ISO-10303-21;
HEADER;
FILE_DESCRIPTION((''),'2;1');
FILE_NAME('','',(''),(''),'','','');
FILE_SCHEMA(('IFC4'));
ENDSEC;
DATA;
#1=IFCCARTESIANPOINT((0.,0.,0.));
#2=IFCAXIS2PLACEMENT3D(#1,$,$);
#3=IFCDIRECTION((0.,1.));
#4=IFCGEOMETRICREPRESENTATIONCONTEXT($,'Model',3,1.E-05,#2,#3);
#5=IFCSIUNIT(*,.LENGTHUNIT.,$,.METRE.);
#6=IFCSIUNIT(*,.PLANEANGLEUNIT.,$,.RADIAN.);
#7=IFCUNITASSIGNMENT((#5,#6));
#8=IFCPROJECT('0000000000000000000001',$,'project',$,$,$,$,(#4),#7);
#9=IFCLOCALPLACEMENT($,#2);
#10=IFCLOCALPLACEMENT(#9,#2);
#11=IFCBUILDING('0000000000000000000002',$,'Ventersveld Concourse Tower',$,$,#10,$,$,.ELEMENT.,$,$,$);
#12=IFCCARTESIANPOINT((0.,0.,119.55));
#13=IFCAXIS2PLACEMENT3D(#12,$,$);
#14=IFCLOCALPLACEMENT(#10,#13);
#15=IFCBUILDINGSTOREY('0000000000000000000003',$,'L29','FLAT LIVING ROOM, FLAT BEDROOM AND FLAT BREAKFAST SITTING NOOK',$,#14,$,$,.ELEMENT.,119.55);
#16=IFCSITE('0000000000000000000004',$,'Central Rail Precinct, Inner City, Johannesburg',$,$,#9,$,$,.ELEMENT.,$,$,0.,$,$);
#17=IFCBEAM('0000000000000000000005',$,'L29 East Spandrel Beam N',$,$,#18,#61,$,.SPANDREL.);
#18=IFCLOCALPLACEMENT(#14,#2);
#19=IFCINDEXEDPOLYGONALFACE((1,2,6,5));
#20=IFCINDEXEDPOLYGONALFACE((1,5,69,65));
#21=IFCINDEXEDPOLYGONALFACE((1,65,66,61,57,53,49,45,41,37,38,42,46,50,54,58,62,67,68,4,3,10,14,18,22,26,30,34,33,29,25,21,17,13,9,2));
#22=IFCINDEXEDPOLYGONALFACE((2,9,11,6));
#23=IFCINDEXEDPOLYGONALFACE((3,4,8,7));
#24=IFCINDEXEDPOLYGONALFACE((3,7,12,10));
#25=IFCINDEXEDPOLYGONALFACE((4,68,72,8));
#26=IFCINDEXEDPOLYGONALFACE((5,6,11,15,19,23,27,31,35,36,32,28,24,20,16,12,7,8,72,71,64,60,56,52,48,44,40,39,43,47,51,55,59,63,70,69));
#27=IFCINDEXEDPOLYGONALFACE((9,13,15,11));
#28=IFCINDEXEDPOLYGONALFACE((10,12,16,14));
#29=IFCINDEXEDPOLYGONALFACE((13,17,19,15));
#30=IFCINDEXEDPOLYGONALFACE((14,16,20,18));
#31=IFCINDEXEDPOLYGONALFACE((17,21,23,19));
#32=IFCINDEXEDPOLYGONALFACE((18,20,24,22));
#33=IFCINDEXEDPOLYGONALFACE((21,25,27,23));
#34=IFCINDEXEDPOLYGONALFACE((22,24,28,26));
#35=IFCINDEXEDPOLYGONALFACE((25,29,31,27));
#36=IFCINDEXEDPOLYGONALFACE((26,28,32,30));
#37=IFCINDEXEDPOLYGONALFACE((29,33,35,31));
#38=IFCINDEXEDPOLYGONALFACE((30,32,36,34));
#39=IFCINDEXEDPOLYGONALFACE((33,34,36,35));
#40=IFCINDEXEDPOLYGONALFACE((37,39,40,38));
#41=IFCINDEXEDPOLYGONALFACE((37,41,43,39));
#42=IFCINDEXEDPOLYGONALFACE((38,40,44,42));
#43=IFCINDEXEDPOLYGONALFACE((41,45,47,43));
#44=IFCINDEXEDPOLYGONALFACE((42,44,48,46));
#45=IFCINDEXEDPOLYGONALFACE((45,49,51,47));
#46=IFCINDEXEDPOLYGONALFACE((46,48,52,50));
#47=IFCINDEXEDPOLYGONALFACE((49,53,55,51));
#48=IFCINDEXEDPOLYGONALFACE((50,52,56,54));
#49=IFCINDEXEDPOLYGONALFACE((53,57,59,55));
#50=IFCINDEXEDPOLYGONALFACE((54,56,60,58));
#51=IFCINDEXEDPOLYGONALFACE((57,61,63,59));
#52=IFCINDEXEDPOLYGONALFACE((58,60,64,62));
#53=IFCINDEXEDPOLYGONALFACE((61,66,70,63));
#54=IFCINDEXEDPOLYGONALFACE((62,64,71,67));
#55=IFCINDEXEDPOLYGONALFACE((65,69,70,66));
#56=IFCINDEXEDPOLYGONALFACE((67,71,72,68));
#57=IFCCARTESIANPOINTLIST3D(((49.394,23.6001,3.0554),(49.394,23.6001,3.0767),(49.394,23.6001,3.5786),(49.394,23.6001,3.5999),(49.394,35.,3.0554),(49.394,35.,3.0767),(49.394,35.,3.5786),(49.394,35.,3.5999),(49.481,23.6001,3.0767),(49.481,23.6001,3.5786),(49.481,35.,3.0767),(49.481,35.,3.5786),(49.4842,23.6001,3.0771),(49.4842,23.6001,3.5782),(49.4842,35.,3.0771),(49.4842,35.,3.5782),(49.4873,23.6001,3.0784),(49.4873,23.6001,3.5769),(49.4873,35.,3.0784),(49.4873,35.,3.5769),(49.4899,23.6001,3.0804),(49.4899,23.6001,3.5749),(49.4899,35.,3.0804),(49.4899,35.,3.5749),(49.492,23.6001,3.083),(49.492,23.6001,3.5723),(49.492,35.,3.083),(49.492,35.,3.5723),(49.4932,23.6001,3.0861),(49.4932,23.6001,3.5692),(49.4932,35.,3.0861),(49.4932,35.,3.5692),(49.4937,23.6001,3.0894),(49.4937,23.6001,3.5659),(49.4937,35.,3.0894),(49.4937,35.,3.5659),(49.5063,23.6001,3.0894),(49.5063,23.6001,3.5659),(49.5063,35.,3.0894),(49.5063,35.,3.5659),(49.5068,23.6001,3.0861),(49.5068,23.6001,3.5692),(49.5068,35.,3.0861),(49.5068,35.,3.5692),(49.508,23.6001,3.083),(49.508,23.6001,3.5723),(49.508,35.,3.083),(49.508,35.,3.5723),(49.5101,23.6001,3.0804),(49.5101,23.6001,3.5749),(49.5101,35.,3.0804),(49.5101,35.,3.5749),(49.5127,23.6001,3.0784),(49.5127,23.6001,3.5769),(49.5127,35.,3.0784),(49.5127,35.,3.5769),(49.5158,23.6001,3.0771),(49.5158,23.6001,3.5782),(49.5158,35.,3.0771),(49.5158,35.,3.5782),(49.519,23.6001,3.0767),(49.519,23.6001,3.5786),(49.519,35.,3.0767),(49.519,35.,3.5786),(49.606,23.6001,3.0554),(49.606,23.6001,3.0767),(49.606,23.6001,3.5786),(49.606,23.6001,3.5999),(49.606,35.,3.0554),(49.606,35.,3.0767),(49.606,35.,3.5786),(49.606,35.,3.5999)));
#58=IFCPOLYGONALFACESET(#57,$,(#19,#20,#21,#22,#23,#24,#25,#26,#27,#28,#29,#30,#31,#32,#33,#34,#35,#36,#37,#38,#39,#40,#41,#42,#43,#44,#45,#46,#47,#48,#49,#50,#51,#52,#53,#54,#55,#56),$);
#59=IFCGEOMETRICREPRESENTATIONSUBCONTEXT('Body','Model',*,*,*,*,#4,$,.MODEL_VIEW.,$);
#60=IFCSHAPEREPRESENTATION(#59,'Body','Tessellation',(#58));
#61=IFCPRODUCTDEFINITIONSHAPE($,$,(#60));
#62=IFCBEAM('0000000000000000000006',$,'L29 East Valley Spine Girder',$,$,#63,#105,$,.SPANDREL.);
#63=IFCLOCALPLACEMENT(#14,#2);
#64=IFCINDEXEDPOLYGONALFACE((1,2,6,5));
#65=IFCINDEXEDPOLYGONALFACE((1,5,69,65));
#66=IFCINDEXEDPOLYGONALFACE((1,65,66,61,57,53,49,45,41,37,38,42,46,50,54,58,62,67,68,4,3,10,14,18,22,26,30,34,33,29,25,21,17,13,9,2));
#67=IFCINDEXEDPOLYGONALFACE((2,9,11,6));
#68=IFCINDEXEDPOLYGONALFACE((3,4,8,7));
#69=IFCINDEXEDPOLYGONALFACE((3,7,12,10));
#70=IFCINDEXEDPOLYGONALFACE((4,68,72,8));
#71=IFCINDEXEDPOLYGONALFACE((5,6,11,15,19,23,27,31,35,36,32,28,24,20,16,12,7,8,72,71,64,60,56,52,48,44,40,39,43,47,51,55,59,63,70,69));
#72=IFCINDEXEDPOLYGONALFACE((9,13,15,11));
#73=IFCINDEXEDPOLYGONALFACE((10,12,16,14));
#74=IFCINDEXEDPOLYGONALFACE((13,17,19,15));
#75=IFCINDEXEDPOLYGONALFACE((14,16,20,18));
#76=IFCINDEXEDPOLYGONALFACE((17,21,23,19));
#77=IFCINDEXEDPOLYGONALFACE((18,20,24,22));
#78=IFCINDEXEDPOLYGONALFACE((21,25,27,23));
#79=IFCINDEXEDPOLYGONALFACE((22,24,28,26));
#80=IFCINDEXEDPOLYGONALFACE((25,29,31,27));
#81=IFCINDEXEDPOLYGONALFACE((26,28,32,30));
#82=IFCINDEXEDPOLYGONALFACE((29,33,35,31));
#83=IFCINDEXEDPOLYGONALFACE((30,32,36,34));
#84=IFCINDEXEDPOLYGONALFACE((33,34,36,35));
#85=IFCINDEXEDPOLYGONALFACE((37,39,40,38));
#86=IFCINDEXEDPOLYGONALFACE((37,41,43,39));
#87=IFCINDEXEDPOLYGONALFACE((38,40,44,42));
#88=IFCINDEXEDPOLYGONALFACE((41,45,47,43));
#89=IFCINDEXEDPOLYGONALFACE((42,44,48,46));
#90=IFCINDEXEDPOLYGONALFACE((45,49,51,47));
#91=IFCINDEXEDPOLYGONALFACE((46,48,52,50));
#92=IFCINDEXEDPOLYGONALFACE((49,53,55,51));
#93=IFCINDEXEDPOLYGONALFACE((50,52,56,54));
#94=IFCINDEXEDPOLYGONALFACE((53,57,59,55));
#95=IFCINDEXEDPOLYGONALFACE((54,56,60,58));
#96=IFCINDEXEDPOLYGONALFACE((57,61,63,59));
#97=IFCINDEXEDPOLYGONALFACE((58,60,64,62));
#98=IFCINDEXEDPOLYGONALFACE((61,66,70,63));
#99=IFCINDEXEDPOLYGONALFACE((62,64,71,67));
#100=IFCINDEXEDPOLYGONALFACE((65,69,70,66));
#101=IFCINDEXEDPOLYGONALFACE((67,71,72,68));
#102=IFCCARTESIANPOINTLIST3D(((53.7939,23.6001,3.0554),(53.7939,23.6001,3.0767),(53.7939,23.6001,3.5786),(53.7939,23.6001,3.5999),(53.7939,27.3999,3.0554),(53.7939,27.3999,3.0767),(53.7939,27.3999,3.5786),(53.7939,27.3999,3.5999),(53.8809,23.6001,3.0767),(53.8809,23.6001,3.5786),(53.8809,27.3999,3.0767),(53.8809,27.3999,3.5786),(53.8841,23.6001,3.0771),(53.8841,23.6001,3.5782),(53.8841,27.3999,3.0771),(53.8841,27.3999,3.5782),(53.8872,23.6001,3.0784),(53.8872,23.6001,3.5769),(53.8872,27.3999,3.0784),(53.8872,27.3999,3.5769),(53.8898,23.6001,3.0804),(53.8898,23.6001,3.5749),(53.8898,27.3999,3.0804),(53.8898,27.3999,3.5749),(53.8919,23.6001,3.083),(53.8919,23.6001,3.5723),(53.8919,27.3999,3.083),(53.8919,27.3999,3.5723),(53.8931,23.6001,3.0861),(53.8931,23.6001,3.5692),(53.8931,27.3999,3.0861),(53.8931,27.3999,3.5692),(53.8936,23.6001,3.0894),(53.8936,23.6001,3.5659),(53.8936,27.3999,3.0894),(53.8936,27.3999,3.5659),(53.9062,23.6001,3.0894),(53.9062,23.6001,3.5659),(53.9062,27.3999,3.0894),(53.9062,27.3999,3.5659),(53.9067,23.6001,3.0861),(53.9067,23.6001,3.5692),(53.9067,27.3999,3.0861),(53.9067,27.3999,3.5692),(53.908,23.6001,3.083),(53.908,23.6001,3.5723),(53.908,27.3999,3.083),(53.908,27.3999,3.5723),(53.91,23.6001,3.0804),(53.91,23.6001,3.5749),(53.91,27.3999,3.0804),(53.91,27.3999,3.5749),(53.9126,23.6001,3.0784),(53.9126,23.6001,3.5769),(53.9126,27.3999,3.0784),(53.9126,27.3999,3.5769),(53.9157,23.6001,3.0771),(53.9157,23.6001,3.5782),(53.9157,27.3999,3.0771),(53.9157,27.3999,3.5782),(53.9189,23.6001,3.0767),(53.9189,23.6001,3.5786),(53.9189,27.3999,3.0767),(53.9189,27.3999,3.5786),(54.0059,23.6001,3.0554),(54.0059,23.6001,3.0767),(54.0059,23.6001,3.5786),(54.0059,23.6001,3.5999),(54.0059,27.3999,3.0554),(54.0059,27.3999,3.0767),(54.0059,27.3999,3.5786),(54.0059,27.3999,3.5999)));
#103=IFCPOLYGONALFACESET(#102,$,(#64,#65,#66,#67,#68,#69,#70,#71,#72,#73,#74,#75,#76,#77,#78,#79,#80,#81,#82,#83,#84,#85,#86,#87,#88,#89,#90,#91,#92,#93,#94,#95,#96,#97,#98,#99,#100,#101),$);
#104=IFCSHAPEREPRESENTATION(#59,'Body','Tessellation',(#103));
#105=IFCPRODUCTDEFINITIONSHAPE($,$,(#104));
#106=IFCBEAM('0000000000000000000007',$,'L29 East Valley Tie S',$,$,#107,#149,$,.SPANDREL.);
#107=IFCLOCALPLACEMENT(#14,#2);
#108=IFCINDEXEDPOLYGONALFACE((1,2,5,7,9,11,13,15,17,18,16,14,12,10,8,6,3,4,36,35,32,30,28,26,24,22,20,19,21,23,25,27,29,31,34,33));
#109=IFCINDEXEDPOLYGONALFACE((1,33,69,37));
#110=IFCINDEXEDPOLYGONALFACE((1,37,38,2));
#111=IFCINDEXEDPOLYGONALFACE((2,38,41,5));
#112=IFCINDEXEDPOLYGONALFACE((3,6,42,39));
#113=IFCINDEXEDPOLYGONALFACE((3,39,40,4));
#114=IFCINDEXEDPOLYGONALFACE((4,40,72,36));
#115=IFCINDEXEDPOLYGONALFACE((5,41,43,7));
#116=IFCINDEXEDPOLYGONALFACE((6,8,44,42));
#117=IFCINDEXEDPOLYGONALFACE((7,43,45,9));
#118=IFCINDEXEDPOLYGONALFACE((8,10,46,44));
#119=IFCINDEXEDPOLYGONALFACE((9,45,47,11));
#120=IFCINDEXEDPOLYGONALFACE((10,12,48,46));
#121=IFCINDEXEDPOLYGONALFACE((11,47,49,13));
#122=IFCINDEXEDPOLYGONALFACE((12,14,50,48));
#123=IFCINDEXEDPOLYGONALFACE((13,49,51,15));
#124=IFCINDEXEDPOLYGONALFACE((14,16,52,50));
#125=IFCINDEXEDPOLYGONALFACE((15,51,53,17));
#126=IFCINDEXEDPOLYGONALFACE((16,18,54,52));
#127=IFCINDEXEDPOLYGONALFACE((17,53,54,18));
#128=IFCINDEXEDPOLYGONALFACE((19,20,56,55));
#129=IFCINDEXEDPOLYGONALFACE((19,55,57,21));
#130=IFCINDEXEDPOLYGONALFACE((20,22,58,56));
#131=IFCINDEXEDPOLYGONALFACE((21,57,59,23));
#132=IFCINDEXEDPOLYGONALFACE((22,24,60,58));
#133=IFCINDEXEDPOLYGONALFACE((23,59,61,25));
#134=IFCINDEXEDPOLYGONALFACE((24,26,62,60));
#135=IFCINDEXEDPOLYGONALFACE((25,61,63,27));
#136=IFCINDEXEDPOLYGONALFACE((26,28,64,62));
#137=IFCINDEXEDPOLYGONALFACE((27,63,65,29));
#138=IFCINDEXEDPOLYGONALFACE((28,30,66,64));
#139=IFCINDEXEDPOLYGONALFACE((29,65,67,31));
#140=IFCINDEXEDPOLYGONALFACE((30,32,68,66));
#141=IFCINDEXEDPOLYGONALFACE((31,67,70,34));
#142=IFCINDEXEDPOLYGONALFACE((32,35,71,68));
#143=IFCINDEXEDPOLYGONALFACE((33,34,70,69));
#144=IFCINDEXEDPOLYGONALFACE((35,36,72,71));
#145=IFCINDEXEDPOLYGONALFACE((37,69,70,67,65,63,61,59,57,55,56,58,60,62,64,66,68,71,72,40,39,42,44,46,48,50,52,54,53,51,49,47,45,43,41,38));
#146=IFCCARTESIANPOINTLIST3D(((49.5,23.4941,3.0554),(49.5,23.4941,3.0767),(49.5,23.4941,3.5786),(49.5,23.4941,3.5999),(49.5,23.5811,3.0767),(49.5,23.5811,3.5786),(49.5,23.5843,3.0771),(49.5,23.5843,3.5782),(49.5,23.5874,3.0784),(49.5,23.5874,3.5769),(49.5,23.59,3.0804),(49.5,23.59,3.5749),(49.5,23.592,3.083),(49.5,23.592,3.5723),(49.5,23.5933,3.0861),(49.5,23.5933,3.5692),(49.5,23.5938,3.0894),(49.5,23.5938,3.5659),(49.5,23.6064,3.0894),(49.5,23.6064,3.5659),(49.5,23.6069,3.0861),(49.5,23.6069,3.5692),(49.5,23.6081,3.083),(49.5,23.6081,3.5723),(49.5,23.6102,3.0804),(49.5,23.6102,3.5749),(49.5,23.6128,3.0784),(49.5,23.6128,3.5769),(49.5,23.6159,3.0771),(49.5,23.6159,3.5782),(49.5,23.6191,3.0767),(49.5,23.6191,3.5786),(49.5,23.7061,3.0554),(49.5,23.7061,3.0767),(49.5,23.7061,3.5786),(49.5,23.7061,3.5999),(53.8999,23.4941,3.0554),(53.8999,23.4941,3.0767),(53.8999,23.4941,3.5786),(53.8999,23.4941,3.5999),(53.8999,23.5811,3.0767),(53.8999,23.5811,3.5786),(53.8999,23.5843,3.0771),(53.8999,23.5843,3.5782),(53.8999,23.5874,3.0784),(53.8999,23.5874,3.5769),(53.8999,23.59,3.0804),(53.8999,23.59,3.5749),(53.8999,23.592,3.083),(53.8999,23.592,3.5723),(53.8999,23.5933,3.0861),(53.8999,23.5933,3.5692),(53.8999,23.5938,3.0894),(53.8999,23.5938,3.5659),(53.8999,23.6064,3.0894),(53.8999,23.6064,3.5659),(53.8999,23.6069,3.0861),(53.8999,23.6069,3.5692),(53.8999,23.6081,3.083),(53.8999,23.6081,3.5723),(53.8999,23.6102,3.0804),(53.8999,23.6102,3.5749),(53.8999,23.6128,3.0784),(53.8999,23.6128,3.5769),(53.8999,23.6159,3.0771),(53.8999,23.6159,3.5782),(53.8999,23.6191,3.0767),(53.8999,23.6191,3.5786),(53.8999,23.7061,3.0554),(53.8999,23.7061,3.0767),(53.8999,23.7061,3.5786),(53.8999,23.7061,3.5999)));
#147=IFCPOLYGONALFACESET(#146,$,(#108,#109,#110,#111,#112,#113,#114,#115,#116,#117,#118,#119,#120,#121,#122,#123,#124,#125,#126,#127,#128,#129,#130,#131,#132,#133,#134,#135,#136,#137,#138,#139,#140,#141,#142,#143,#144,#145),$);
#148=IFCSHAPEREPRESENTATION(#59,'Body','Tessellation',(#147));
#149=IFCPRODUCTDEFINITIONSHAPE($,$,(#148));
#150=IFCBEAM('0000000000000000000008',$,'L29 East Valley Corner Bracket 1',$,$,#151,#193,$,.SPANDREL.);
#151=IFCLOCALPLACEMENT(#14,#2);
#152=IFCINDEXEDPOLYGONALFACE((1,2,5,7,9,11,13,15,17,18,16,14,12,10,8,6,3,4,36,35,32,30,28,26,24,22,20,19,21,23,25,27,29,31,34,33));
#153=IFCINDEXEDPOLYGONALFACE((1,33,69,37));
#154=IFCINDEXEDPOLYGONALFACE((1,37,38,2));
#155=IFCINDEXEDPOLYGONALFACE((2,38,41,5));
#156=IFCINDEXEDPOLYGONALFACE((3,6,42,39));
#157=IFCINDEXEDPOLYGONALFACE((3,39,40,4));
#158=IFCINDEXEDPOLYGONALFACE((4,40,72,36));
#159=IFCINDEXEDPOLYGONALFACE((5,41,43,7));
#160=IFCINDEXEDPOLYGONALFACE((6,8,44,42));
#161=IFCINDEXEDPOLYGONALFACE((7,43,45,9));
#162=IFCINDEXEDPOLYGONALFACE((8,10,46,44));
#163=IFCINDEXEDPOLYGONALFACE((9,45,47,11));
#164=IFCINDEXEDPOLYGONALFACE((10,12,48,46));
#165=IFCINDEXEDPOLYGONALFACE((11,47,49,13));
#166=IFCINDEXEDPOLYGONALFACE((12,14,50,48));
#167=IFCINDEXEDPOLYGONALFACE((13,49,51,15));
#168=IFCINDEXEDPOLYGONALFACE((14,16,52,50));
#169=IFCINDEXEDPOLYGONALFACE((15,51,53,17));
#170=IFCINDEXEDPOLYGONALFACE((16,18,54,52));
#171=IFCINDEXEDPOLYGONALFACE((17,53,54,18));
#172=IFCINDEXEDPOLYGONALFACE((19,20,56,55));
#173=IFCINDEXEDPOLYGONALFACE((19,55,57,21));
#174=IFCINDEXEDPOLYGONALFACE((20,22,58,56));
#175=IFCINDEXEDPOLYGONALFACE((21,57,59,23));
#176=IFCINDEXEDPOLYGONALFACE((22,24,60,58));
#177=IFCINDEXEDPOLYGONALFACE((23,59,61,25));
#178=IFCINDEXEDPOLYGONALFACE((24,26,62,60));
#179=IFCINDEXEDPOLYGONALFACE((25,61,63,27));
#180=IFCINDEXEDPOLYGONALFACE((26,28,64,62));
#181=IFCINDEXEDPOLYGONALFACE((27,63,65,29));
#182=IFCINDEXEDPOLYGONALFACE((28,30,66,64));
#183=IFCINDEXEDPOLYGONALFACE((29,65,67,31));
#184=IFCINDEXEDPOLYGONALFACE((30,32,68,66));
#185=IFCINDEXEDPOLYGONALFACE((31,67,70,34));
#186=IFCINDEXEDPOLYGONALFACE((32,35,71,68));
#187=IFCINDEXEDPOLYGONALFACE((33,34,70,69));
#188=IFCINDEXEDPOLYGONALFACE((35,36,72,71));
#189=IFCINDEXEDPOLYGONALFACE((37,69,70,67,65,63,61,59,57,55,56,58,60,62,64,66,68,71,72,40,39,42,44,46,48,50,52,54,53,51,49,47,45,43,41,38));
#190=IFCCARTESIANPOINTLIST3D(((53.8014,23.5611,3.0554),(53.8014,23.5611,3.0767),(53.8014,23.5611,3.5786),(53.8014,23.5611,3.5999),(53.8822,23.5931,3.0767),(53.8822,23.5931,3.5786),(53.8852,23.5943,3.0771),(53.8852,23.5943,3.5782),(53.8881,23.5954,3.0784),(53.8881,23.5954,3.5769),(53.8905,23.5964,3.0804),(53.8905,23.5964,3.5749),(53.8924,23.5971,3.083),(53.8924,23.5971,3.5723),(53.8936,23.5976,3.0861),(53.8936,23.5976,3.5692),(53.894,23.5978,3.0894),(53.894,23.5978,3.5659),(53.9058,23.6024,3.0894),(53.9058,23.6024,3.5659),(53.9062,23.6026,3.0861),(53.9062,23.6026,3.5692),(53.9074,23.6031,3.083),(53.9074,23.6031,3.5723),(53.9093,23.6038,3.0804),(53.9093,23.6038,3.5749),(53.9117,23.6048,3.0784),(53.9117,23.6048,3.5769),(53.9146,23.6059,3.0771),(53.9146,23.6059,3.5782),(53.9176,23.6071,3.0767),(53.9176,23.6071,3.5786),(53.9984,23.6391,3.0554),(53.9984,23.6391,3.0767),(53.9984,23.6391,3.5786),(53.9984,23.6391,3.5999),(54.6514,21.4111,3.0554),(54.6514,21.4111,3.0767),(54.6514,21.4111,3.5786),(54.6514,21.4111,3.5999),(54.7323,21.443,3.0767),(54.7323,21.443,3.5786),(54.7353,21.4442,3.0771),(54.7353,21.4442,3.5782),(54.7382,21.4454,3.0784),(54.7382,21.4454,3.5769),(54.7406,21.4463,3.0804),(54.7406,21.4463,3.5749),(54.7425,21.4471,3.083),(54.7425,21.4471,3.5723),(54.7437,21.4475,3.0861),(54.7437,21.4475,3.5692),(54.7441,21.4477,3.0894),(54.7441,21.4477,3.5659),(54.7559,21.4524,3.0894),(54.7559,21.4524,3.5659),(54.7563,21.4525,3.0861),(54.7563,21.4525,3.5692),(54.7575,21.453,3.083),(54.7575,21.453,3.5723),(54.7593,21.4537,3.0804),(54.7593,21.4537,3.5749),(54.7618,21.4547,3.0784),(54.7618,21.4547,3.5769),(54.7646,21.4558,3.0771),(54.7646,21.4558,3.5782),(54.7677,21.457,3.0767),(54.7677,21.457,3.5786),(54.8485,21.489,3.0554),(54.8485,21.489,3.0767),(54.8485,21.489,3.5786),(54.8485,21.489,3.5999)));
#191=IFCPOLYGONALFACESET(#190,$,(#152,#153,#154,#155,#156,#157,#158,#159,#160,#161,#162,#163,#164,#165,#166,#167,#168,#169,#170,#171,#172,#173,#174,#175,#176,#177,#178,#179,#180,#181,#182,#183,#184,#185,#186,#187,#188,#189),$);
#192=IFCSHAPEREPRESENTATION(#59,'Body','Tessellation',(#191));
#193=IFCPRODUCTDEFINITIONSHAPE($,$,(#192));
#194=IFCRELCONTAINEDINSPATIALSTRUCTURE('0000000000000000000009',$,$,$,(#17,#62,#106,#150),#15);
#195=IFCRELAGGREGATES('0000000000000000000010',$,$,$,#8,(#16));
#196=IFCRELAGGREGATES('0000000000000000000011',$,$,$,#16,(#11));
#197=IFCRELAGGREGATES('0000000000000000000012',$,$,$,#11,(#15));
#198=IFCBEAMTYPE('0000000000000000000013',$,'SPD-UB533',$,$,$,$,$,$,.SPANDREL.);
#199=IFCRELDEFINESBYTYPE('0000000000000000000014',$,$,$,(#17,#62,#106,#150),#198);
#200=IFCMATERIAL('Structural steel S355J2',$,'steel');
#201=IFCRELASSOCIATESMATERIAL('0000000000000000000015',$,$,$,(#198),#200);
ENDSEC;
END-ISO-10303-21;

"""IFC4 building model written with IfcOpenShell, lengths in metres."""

from ifc_helpers import new_model, si_unit, direction, frame, origin, origin_2d, place, context, subcontext, project, spatial, i_section, extrude, material, material_profile, profile_set, type_object, element, save


model = new_model("IFC4")

# Units and contexts
model_context = context("Model", 3, precision=1e-05, world=origin(), true_north=direction((0.0, 1.0)))
body_context = subcontext(model_context, "Body", "Model", "MODEL_VIEW")
ifc_project = project(units=[si_unit("LENGTHUNIT", "METRE"), si_unit("PLANEANGLEUNIT", "RADIAN")], contexts=[model_context])

# Site, building, storey
site_placement = place(None, origin())
site = spatial("IfcSite", under=ifc_project, at=site_placement, Name="Central Rail Precinct, Inner City, Johannesburg", CompositionType="ELEMENT", RefElevation=0.0)
building_placement = place(site_placement, origin())
building = spatial("IfcBuilding", under=site, at=building_placement, Name="Ventersveld Concourse Tower", CompositionType="ELEMENT")
storey_placement = place(building_placement, frame((0.0, 0.0, 119.55)))
storey = spatial("IfcBuildingStorey", under=building, at=storey_placement, Name="L29", Description="FLAT LIVING ROOM, FLAT BEDROOM AND FLAT BREAKFAST SITTING NOOK", CompositionType="ELEMENT", Elevation=119.55)

# Beams
ifc_material_1 = material(Name="Structural steel S355J2", Category="steel")
ifc_material_profile_1 = material_profile(ifc_material_1, i_section(OverallWidth=0.2119, OverallDepth=0.5444, WebThickness=0.0127, FlangeThickness=0.0212, FilletRadius=0.0127, at=origin_2d()), Name="UB 533x210x122")
ifc_profile_set_1 = profile_set([ifc_material_profile_1], Name="Structural steel S355J2")
beam_type_1 = type_object("IfcBeamType", Name="SPD-UB533", PredefinedType="SPANDREL", material=ifc_profile_set_1)
beam_1_placement = place(storey_placement, frame((49.5, 23.6001, 3.3276), z_axis=(0.0, 1.0, 0.0), x_axis=(-1.0, 0.0, 0.0)))
element("IfcBeam", 1, at=beam_1_placement, inside=storey, type_object=beam_type_1, Name="L29 East Spandrel Beam N", PredefinedType="SPANDREL", context=body_context, shape_type="SweptSolid", body=[
    extrude(i_section(OverallWidth=0.2119, OverallDepth=0.5444, WebThickness=0.0127, FlangeThickness=0.0212, FilletRadius=0.0127, at=origin_2d()), origin(), (0.0, 0.0, 1.0), 11.3999),
])
beam_2_placement = place(storey_placement, frame((53.8999, 23.6001, 3.3276), z_axis=(0.0, 1.0, 0.0), x_axis=(-1.0, 0.0, 0.0)))
element("IfcBeam", 2, at=beam_2_placement, inside=storey, type_object=beam_type_1, Name="L29 East Valley Spine Girder", PredefinedType="SPANDREL", context=body_context, shape_type="SweptSolid", body=[
    extrude(i_section(OverallWidth=0.2119, OverallDepth=0.5444, WebThickness=0.0127, FlangeThickness=0.0212, FilletRadius=0.0127, at=origin_2d()), origin(), (0.0, 0.0, 1.0), 3.7998),
])
beam_3_placement = place(storey_placement, frame((49.5, 23.6001, 3.3276), z_axis=(1.0, 0.0, 0.0), x_axis=(0.0, 1.0, 0.0)))
element("IfcBeam", 3, at=beam_3_placement, inside=storey, type_object=beam_type_1, Name="L29 East Valley Tie S", PredefinedType="SPANDREL", context=body_context, shape_type="SweptSolid", body=[
    extrude(i_section(OverallWidth=0.2119, OverallDepth=0.5444, WebThickness=0.0127, FlangeThickness=0.0212, FilletRadius=0.0127, at=origin_2d()), origin(), (0.0, 0.0, 1.0), 4.3999),
])
beam_4_placement = place(storey_placement, frame((53.8999, 23.6001, 3.3276), z_axis=(0.367674, -0.929955, 0.0), x_axis=(0.929955, 0.367674, 0.0)))
element("IfcBeam", 4, at=beam_4_placement, inside=storey, type_object=beam_type_1, Name="L29 East Valley Corner Bracket 1", PredefinedType="SPANDREL", context=body_context, shape_type="SweptSolid", body=[
    extrude(i_section(OverallWidth=0.2119, OverallDepth=0.5444, WebThickness=0.0127, FlangeThickness=0.0212, FilletRadius=0.0127, at=origin_2d()), origin(), (0.0, 0.0, 1.0), 2.312),
])

save(model, "model.ifc")
